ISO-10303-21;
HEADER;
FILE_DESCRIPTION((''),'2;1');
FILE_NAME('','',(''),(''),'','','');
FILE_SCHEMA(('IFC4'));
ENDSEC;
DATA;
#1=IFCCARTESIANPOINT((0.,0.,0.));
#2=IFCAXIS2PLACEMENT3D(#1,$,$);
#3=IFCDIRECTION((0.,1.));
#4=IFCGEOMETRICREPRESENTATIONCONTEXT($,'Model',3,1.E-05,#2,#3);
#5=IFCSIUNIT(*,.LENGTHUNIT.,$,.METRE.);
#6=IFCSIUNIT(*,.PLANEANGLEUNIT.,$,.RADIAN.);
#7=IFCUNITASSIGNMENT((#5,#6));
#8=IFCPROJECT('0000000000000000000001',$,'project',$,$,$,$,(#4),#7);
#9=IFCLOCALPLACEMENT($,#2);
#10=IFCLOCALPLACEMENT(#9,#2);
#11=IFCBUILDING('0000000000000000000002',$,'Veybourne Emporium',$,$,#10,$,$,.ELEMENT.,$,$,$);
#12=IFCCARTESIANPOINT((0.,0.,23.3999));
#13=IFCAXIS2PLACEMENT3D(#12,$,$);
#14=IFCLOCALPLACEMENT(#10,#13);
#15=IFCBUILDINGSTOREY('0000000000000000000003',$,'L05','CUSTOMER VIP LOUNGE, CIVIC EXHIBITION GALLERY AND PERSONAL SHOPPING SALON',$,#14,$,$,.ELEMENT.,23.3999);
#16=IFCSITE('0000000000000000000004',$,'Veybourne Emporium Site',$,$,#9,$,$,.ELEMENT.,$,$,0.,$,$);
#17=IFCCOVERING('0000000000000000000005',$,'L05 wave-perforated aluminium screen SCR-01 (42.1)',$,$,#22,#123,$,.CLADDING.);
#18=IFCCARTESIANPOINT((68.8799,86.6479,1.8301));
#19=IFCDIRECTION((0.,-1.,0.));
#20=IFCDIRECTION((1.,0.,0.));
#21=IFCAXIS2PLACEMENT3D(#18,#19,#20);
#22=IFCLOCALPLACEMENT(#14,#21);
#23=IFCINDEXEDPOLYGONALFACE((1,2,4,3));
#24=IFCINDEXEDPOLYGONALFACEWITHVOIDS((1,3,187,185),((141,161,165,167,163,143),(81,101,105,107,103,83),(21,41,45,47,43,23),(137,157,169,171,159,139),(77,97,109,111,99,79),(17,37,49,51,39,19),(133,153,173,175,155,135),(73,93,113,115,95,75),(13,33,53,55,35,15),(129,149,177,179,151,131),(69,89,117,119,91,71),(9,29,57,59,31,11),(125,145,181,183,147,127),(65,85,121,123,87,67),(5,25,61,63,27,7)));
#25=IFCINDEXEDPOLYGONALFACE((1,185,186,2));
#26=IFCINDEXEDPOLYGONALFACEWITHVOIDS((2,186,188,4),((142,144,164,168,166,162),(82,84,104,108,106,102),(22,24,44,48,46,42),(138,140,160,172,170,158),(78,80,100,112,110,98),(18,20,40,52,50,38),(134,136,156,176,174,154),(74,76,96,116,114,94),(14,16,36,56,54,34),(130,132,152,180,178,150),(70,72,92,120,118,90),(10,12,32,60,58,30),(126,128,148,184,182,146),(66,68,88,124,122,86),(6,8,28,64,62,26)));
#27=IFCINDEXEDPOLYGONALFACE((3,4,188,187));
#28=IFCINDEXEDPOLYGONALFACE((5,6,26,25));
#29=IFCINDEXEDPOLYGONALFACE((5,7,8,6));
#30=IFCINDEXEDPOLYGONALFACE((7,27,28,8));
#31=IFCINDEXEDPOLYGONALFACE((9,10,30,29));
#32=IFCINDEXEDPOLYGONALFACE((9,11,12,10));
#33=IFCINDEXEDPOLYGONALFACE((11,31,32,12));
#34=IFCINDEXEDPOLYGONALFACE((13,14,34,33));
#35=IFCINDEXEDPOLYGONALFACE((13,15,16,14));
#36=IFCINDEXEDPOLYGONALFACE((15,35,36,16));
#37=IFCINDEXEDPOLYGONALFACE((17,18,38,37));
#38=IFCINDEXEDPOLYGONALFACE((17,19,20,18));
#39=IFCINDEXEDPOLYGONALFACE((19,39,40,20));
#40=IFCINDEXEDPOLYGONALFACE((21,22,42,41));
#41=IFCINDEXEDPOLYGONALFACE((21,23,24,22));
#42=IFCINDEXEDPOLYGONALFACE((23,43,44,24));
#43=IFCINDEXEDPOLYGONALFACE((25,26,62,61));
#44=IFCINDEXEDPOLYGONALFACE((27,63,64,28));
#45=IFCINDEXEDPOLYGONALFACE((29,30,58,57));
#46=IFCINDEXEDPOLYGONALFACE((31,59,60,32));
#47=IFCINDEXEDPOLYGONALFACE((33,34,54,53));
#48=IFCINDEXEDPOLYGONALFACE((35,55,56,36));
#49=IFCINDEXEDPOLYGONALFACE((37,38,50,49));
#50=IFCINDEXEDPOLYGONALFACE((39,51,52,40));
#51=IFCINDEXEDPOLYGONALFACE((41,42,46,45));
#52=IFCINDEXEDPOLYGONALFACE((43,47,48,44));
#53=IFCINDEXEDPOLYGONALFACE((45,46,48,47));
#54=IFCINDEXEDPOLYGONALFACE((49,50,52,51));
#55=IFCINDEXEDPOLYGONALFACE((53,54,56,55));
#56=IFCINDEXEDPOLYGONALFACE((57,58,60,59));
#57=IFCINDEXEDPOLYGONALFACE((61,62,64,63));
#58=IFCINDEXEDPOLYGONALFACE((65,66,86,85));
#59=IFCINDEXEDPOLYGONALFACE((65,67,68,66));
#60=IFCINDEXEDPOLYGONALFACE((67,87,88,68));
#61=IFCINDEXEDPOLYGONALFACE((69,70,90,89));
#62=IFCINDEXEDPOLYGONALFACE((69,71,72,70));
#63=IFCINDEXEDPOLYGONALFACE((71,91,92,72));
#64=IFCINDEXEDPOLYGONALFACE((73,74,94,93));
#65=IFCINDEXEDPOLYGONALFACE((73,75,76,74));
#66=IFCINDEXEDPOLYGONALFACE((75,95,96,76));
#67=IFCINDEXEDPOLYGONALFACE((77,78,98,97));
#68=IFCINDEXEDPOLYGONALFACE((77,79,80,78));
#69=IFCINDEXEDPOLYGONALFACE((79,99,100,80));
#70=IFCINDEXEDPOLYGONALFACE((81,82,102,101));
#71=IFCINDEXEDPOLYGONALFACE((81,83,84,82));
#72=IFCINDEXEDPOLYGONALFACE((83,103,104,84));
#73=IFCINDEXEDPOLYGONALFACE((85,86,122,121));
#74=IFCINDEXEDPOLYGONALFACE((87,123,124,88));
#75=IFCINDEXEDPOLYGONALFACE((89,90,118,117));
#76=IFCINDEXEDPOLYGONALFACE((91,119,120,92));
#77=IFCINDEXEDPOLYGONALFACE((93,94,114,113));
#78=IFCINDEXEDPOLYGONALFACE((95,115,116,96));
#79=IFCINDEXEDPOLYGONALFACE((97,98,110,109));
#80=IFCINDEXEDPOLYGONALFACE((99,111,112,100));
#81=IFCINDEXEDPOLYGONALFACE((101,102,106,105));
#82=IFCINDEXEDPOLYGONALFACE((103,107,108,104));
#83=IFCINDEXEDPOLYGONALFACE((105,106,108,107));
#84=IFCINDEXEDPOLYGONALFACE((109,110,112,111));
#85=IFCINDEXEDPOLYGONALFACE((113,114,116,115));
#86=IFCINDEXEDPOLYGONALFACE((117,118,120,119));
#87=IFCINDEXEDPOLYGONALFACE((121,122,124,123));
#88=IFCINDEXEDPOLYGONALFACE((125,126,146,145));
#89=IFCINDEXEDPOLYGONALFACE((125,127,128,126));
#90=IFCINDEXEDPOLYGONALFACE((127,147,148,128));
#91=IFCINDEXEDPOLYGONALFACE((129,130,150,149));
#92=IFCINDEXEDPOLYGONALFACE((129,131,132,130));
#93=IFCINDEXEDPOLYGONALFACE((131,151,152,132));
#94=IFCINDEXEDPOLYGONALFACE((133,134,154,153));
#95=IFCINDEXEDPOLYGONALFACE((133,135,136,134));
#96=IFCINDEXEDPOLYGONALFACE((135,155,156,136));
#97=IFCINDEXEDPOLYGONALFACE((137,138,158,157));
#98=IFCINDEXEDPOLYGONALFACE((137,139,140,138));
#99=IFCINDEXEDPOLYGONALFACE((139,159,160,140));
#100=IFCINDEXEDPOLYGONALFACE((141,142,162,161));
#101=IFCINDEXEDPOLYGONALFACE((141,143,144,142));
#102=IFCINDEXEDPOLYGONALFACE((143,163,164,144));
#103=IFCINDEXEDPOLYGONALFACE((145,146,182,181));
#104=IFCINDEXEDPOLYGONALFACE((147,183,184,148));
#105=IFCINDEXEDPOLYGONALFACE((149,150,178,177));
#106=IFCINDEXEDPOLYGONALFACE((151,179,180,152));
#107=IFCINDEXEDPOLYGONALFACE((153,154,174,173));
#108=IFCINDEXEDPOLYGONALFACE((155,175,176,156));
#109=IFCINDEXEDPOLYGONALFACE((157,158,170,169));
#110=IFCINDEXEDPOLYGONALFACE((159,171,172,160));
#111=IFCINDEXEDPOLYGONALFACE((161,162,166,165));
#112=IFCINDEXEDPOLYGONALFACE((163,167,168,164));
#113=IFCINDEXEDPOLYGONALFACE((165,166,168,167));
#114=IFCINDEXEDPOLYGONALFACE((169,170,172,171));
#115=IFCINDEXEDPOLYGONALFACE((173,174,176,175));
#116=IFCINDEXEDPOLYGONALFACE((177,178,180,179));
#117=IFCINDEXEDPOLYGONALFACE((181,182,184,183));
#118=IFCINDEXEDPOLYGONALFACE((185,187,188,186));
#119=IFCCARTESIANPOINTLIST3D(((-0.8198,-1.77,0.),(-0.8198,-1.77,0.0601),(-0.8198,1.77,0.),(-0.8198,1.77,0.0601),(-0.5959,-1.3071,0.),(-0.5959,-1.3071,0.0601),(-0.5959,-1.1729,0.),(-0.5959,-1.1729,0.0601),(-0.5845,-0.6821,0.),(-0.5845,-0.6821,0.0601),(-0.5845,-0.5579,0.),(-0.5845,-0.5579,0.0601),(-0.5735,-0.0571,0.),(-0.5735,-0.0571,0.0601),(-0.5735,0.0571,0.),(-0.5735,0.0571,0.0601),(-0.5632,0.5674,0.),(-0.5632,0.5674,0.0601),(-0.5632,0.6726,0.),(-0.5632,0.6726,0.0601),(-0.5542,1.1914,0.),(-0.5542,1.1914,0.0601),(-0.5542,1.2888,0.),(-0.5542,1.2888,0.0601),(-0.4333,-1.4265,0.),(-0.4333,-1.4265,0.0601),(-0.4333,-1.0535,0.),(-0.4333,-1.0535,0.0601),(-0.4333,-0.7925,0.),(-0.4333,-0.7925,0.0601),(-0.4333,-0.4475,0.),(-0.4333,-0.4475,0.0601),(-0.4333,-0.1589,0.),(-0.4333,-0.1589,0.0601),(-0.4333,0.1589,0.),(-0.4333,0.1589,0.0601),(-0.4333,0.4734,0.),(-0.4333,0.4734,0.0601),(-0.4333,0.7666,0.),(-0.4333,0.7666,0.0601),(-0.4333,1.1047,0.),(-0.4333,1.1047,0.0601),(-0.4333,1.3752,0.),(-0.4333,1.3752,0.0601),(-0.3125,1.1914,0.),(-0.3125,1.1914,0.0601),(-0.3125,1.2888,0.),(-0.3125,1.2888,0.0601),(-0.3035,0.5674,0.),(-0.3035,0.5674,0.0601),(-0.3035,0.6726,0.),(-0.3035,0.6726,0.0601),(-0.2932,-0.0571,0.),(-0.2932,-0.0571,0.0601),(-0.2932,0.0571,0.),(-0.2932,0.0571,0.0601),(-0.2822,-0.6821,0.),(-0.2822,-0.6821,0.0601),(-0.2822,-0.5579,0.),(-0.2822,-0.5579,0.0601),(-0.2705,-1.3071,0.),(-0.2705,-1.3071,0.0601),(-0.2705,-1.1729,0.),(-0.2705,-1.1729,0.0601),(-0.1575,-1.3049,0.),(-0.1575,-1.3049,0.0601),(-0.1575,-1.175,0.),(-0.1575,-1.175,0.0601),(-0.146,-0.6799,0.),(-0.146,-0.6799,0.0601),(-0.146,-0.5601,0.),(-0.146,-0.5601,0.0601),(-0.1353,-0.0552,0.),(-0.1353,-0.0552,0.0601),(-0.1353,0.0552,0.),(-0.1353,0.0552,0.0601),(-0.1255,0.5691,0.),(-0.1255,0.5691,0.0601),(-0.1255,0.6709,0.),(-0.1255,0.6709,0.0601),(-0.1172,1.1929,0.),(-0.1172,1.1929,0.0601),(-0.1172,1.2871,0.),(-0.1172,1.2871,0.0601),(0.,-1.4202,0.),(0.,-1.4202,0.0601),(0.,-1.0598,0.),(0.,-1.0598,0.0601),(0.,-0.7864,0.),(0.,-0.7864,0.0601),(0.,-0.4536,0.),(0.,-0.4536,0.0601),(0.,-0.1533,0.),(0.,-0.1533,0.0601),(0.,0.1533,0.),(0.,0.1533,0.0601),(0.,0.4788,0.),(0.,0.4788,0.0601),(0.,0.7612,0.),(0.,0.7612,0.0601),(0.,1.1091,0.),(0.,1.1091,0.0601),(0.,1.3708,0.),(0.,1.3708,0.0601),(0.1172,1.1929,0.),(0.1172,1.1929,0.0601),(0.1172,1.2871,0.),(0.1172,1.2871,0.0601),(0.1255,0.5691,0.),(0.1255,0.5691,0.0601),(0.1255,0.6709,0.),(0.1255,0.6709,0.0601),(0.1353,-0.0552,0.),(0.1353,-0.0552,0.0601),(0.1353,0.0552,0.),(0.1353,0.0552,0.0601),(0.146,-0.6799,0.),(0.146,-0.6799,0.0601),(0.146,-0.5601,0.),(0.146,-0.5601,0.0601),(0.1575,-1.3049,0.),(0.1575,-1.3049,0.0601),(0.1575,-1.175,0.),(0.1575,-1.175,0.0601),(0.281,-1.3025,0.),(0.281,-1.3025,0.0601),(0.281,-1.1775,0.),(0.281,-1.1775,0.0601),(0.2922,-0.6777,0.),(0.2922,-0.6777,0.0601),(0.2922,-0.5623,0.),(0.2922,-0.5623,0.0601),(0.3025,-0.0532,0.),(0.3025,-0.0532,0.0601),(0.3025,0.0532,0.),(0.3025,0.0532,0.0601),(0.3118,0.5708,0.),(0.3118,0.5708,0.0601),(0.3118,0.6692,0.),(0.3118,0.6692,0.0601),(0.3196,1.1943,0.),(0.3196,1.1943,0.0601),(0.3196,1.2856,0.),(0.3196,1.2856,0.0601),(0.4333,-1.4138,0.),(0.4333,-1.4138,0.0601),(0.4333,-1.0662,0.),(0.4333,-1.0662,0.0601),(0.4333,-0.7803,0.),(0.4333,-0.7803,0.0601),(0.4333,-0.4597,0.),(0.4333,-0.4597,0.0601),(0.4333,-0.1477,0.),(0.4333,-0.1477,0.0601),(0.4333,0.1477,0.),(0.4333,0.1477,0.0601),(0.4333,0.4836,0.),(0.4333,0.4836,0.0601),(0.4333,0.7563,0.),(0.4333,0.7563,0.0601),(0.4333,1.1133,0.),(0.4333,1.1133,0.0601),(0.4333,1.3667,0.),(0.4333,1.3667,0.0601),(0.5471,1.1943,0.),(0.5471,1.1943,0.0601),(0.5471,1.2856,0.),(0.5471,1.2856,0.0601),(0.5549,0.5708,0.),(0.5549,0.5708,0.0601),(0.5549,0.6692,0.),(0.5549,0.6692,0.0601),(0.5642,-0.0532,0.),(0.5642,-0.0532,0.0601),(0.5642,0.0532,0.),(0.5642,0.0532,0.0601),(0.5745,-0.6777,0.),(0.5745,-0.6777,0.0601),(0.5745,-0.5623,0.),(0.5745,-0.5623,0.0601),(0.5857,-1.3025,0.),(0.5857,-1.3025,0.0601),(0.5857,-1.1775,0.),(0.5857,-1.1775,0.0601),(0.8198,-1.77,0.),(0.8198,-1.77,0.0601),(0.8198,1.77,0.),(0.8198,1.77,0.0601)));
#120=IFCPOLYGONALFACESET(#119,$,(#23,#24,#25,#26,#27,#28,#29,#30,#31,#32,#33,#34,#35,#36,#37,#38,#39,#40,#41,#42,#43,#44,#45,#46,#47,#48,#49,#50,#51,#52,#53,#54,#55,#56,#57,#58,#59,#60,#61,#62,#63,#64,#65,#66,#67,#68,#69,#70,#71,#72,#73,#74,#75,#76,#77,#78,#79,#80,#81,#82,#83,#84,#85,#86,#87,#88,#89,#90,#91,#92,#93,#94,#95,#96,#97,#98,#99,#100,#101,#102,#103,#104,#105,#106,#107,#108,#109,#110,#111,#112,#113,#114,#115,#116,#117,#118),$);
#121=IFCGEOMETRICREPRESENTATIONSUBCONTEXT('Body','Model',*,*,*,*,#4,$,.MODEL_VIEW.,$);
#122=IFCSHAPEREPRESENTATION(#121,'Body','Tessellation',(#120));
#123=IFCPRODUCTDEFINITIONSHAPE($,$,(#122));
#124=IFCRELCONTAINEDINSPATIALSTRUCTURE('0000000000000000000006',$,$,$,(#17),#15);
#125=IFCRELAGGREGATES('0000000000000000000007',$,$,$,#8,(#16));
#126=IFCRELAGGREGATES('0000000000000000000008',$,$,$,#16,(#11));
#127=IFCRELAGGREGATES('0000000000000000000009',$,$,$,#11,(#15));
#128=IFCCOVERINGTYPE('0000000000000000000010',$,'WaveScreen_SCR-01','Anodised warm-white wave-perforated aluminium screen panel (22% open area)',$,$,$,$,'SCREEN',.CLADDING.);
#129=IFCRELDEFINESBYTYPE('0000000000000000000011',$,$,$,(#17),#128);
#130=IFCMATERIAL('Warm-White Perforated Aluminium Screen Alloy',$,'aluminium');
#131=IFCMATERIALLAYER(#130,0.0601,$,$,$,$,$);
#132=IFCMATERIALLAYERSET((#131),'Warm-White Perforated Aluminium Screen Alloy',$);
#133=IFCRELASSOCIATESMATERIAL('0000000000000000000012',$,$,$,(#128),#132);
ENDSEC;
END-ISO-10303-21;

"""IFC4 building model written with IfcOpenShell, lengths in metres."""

from ifc_helpers import new_model, si_unit, direction, frame, origin, place, context, subcontext, project, spatial, polyline, outline, extrude, material, layer, layer_set, type_object, element, save


model = new_model("IFC4")

# Units and contexts
model_context = context("Model", 3, precision=1e-05, world=origin(), true_north=direction((0.0, 1.0)))
body_context = subcontext(model_context, "Body", "Model", "MODEL_VIEW")
ifc_project = project(units=[si_unit("LENGTHUNIT", "METRE"), si_unit("PLANEANGLEUNIT", "RADIAN")], contexts=[model_context])

# Site, building, storey
site_placement = place(None, origin())
site = spatial("IfcSite", under=ifc_project, at=site_placement, Name="Veybourne Emporium Site", CompositionType="ELEMENT", RefElevation=0.0)
building_placement = place(site_placement, origin())
building = spatial("IfcBuilding", under=site, at=building_placement, Name="Veybourne Emporium", CompositionType="ELEMENT")
storey_placement = place(building_placement, frame((0.0, 0.0, 23.3999)))
storey = spatial("IfcBuildingStorey", under=building, at=storey_placement, Name="L05", Description="CUSTOMER VIP LOUNGE, CIVIC EXHIBITION GALLERY AND PERSONAL SHOPPING SALON", CompositionType="ELEMENT", Elevation=23.3999)

# Covering
ifc_material_1 = material(Name="Warm-White Perforated Aluminium Screen Alloy", Category="aluminium")
ifc_layer_1 = layer(ifc_material_1, 0.0601)
ifc_layer_set_1 = layer_set([ifc_layer_1], Name="Warm-White Perforated Aluminium Screen Alloy")
covering_type_1 = type_object("IfcCoveringType", Name="WaveScreen_SCR-01", Description="Anodised warm-white wave-perforated aluminium screen panel (22% open area)", ElementType="SCREEN", PredefinedType="CLADDING", material=ifc_layer_set_1)
covering_1_placement = place(storey_placement, frame((68.8799, 86.6479, 1.8301), z_axis=(0.0, -1.0, 0.0), x_axis=(1.0, 0.0, 0.0)))
element("IfcCovering", 1, at=covering_1_placement, inside=storey, type_object=covering_type_1, Name="L05 wave-perforated aluminium screen SCR-01 (42.1)", PredefinedType="CLADDING", context=body_context, shape_type="SweptSolid", body=[
    extrude(outline(polyline([(-0.8198, -1.77), (0.8198, -1.77), (0.8198, 1.77), (-0.8198, 1.77), (-0.8198, -1.77)]), holes=[polyline([(-0.4333, -1.0535), (-0.2705, -1.1729), (-0.2705, -1.3071), (-0.4333, -1.4265), (-0.5959, -1.3071), (-0.5959, -1.1729), (-0.4333, -1.0535)]), polyline([(-0.4333, -0.4475), (-0.2822, -0.5579), (-0.2822, -0.6821), (-0.4333, -0.7925), (-0.5845, -0.6821), (-0.5845, -0.5579), (-0.4333, -0.4475)]), polyline([(-0.4333, 0.1589), (-0.2932, 0.0571), (-0.2932, -0.0571), (-0.4333, -0.1589), (-0.5735, -0.0571), (-0.5735, 0.0571), (-0.4333, 0.1589)]), polyline([(-0.4333, 0.7666), (-0.3035, 0.6726), (-0.3035, 0.5674), (-0.4333, 0.4734), (-0.5632, 0.5674), (-0.5632, 0.6726), (-0.4333, 0.7666)]), polyline([(-0.4333, 1.3752), (-0.3125, 1.2888), (-0.3125, 1.1914), (-0.4333, 1.1047), (-0.5542, 1.1914), (-0.5542, 1.2888), (-0.4333, 1.3752)]), polyline([(0.0, -1.0598), (0.1575, -1.175), (0.1575, -1.3049), (0.0, -1.4202), (-0.1575, -1.3049), (-0.1575, -1.175), (0.0, -1.0598)]), polyline([(0.0, -0.4536), (0.146, -0.5601), (0.146, -0.6799), (0.0, -0.7864), (-0.146, -0.6799), (-0.146, -0.5601), (0.0, -0.4536)]), polyline([(0.0, 0.1533), (0.1353, 0.0552), (0.1353, -0.0552), (0.0, -0.1533), (-0.1353, -0.0552), (-0.1353, 0.0552), (0.0, 0.1533)]), polyline([(0.0, 0.7612), (0.1255, 0.6709), (0.1255, 0.5691), (0.0, 0.4788), (-0.1255, 0.5691), (-0.1255, 0.6709), (0.0, 0.7612)]), polyline([(0.0, 1.3708), (0.1172, 1.2871), (0.1172, 1.1929), (0.0, 1.1091), (-0.1172, 1.1929), (-0.1172, 1.2871), (0.0, 1.3708)]), polyline([(0.4333, -1.0662), (0.5857, -1.1775), (0.5857, -1.3025), (0.4333, -1.4138), (0.281, -1.3025), (0.281, -1.1775), (0.4333, -1.0662)]), polyline([(0.4333, -0.4597), (0.5745, -0.5623), (0.5745, -0.6777), (0.4333, -0.7803), (0.2922, -0.6777), (0.2922, -0.5623), (0.4333, -0.4597)]), polyline([(0.4333, 0.1477), (0.5642, 0.0532), (0.5642, -0.0532), (0.4333, -0.1477), (0.3025, -0.0532), (0.3025, 0.0532), (0.4333, 0.1477)]), polyline([(0.4333, 0.7563), (0.5549, 0.6692), (0.5549, 0.5708), (0.4333, 0.4836), (0.3118, 0.5708), (0.3118, 0.6692), (0.4333, 0.7563)]), polyline([(0.4333, 1.3667), (0.5471, 1.2856), (0.5471, 1.1943), (0.4333, 1.1133), (0.3196, 1.1943), (0.3196, 1.2856), (0.4333, 1.3667)])]), origin(), (0.0, 0.0, 1.0), 0.0601),
])

save(model, "model.ifc")
